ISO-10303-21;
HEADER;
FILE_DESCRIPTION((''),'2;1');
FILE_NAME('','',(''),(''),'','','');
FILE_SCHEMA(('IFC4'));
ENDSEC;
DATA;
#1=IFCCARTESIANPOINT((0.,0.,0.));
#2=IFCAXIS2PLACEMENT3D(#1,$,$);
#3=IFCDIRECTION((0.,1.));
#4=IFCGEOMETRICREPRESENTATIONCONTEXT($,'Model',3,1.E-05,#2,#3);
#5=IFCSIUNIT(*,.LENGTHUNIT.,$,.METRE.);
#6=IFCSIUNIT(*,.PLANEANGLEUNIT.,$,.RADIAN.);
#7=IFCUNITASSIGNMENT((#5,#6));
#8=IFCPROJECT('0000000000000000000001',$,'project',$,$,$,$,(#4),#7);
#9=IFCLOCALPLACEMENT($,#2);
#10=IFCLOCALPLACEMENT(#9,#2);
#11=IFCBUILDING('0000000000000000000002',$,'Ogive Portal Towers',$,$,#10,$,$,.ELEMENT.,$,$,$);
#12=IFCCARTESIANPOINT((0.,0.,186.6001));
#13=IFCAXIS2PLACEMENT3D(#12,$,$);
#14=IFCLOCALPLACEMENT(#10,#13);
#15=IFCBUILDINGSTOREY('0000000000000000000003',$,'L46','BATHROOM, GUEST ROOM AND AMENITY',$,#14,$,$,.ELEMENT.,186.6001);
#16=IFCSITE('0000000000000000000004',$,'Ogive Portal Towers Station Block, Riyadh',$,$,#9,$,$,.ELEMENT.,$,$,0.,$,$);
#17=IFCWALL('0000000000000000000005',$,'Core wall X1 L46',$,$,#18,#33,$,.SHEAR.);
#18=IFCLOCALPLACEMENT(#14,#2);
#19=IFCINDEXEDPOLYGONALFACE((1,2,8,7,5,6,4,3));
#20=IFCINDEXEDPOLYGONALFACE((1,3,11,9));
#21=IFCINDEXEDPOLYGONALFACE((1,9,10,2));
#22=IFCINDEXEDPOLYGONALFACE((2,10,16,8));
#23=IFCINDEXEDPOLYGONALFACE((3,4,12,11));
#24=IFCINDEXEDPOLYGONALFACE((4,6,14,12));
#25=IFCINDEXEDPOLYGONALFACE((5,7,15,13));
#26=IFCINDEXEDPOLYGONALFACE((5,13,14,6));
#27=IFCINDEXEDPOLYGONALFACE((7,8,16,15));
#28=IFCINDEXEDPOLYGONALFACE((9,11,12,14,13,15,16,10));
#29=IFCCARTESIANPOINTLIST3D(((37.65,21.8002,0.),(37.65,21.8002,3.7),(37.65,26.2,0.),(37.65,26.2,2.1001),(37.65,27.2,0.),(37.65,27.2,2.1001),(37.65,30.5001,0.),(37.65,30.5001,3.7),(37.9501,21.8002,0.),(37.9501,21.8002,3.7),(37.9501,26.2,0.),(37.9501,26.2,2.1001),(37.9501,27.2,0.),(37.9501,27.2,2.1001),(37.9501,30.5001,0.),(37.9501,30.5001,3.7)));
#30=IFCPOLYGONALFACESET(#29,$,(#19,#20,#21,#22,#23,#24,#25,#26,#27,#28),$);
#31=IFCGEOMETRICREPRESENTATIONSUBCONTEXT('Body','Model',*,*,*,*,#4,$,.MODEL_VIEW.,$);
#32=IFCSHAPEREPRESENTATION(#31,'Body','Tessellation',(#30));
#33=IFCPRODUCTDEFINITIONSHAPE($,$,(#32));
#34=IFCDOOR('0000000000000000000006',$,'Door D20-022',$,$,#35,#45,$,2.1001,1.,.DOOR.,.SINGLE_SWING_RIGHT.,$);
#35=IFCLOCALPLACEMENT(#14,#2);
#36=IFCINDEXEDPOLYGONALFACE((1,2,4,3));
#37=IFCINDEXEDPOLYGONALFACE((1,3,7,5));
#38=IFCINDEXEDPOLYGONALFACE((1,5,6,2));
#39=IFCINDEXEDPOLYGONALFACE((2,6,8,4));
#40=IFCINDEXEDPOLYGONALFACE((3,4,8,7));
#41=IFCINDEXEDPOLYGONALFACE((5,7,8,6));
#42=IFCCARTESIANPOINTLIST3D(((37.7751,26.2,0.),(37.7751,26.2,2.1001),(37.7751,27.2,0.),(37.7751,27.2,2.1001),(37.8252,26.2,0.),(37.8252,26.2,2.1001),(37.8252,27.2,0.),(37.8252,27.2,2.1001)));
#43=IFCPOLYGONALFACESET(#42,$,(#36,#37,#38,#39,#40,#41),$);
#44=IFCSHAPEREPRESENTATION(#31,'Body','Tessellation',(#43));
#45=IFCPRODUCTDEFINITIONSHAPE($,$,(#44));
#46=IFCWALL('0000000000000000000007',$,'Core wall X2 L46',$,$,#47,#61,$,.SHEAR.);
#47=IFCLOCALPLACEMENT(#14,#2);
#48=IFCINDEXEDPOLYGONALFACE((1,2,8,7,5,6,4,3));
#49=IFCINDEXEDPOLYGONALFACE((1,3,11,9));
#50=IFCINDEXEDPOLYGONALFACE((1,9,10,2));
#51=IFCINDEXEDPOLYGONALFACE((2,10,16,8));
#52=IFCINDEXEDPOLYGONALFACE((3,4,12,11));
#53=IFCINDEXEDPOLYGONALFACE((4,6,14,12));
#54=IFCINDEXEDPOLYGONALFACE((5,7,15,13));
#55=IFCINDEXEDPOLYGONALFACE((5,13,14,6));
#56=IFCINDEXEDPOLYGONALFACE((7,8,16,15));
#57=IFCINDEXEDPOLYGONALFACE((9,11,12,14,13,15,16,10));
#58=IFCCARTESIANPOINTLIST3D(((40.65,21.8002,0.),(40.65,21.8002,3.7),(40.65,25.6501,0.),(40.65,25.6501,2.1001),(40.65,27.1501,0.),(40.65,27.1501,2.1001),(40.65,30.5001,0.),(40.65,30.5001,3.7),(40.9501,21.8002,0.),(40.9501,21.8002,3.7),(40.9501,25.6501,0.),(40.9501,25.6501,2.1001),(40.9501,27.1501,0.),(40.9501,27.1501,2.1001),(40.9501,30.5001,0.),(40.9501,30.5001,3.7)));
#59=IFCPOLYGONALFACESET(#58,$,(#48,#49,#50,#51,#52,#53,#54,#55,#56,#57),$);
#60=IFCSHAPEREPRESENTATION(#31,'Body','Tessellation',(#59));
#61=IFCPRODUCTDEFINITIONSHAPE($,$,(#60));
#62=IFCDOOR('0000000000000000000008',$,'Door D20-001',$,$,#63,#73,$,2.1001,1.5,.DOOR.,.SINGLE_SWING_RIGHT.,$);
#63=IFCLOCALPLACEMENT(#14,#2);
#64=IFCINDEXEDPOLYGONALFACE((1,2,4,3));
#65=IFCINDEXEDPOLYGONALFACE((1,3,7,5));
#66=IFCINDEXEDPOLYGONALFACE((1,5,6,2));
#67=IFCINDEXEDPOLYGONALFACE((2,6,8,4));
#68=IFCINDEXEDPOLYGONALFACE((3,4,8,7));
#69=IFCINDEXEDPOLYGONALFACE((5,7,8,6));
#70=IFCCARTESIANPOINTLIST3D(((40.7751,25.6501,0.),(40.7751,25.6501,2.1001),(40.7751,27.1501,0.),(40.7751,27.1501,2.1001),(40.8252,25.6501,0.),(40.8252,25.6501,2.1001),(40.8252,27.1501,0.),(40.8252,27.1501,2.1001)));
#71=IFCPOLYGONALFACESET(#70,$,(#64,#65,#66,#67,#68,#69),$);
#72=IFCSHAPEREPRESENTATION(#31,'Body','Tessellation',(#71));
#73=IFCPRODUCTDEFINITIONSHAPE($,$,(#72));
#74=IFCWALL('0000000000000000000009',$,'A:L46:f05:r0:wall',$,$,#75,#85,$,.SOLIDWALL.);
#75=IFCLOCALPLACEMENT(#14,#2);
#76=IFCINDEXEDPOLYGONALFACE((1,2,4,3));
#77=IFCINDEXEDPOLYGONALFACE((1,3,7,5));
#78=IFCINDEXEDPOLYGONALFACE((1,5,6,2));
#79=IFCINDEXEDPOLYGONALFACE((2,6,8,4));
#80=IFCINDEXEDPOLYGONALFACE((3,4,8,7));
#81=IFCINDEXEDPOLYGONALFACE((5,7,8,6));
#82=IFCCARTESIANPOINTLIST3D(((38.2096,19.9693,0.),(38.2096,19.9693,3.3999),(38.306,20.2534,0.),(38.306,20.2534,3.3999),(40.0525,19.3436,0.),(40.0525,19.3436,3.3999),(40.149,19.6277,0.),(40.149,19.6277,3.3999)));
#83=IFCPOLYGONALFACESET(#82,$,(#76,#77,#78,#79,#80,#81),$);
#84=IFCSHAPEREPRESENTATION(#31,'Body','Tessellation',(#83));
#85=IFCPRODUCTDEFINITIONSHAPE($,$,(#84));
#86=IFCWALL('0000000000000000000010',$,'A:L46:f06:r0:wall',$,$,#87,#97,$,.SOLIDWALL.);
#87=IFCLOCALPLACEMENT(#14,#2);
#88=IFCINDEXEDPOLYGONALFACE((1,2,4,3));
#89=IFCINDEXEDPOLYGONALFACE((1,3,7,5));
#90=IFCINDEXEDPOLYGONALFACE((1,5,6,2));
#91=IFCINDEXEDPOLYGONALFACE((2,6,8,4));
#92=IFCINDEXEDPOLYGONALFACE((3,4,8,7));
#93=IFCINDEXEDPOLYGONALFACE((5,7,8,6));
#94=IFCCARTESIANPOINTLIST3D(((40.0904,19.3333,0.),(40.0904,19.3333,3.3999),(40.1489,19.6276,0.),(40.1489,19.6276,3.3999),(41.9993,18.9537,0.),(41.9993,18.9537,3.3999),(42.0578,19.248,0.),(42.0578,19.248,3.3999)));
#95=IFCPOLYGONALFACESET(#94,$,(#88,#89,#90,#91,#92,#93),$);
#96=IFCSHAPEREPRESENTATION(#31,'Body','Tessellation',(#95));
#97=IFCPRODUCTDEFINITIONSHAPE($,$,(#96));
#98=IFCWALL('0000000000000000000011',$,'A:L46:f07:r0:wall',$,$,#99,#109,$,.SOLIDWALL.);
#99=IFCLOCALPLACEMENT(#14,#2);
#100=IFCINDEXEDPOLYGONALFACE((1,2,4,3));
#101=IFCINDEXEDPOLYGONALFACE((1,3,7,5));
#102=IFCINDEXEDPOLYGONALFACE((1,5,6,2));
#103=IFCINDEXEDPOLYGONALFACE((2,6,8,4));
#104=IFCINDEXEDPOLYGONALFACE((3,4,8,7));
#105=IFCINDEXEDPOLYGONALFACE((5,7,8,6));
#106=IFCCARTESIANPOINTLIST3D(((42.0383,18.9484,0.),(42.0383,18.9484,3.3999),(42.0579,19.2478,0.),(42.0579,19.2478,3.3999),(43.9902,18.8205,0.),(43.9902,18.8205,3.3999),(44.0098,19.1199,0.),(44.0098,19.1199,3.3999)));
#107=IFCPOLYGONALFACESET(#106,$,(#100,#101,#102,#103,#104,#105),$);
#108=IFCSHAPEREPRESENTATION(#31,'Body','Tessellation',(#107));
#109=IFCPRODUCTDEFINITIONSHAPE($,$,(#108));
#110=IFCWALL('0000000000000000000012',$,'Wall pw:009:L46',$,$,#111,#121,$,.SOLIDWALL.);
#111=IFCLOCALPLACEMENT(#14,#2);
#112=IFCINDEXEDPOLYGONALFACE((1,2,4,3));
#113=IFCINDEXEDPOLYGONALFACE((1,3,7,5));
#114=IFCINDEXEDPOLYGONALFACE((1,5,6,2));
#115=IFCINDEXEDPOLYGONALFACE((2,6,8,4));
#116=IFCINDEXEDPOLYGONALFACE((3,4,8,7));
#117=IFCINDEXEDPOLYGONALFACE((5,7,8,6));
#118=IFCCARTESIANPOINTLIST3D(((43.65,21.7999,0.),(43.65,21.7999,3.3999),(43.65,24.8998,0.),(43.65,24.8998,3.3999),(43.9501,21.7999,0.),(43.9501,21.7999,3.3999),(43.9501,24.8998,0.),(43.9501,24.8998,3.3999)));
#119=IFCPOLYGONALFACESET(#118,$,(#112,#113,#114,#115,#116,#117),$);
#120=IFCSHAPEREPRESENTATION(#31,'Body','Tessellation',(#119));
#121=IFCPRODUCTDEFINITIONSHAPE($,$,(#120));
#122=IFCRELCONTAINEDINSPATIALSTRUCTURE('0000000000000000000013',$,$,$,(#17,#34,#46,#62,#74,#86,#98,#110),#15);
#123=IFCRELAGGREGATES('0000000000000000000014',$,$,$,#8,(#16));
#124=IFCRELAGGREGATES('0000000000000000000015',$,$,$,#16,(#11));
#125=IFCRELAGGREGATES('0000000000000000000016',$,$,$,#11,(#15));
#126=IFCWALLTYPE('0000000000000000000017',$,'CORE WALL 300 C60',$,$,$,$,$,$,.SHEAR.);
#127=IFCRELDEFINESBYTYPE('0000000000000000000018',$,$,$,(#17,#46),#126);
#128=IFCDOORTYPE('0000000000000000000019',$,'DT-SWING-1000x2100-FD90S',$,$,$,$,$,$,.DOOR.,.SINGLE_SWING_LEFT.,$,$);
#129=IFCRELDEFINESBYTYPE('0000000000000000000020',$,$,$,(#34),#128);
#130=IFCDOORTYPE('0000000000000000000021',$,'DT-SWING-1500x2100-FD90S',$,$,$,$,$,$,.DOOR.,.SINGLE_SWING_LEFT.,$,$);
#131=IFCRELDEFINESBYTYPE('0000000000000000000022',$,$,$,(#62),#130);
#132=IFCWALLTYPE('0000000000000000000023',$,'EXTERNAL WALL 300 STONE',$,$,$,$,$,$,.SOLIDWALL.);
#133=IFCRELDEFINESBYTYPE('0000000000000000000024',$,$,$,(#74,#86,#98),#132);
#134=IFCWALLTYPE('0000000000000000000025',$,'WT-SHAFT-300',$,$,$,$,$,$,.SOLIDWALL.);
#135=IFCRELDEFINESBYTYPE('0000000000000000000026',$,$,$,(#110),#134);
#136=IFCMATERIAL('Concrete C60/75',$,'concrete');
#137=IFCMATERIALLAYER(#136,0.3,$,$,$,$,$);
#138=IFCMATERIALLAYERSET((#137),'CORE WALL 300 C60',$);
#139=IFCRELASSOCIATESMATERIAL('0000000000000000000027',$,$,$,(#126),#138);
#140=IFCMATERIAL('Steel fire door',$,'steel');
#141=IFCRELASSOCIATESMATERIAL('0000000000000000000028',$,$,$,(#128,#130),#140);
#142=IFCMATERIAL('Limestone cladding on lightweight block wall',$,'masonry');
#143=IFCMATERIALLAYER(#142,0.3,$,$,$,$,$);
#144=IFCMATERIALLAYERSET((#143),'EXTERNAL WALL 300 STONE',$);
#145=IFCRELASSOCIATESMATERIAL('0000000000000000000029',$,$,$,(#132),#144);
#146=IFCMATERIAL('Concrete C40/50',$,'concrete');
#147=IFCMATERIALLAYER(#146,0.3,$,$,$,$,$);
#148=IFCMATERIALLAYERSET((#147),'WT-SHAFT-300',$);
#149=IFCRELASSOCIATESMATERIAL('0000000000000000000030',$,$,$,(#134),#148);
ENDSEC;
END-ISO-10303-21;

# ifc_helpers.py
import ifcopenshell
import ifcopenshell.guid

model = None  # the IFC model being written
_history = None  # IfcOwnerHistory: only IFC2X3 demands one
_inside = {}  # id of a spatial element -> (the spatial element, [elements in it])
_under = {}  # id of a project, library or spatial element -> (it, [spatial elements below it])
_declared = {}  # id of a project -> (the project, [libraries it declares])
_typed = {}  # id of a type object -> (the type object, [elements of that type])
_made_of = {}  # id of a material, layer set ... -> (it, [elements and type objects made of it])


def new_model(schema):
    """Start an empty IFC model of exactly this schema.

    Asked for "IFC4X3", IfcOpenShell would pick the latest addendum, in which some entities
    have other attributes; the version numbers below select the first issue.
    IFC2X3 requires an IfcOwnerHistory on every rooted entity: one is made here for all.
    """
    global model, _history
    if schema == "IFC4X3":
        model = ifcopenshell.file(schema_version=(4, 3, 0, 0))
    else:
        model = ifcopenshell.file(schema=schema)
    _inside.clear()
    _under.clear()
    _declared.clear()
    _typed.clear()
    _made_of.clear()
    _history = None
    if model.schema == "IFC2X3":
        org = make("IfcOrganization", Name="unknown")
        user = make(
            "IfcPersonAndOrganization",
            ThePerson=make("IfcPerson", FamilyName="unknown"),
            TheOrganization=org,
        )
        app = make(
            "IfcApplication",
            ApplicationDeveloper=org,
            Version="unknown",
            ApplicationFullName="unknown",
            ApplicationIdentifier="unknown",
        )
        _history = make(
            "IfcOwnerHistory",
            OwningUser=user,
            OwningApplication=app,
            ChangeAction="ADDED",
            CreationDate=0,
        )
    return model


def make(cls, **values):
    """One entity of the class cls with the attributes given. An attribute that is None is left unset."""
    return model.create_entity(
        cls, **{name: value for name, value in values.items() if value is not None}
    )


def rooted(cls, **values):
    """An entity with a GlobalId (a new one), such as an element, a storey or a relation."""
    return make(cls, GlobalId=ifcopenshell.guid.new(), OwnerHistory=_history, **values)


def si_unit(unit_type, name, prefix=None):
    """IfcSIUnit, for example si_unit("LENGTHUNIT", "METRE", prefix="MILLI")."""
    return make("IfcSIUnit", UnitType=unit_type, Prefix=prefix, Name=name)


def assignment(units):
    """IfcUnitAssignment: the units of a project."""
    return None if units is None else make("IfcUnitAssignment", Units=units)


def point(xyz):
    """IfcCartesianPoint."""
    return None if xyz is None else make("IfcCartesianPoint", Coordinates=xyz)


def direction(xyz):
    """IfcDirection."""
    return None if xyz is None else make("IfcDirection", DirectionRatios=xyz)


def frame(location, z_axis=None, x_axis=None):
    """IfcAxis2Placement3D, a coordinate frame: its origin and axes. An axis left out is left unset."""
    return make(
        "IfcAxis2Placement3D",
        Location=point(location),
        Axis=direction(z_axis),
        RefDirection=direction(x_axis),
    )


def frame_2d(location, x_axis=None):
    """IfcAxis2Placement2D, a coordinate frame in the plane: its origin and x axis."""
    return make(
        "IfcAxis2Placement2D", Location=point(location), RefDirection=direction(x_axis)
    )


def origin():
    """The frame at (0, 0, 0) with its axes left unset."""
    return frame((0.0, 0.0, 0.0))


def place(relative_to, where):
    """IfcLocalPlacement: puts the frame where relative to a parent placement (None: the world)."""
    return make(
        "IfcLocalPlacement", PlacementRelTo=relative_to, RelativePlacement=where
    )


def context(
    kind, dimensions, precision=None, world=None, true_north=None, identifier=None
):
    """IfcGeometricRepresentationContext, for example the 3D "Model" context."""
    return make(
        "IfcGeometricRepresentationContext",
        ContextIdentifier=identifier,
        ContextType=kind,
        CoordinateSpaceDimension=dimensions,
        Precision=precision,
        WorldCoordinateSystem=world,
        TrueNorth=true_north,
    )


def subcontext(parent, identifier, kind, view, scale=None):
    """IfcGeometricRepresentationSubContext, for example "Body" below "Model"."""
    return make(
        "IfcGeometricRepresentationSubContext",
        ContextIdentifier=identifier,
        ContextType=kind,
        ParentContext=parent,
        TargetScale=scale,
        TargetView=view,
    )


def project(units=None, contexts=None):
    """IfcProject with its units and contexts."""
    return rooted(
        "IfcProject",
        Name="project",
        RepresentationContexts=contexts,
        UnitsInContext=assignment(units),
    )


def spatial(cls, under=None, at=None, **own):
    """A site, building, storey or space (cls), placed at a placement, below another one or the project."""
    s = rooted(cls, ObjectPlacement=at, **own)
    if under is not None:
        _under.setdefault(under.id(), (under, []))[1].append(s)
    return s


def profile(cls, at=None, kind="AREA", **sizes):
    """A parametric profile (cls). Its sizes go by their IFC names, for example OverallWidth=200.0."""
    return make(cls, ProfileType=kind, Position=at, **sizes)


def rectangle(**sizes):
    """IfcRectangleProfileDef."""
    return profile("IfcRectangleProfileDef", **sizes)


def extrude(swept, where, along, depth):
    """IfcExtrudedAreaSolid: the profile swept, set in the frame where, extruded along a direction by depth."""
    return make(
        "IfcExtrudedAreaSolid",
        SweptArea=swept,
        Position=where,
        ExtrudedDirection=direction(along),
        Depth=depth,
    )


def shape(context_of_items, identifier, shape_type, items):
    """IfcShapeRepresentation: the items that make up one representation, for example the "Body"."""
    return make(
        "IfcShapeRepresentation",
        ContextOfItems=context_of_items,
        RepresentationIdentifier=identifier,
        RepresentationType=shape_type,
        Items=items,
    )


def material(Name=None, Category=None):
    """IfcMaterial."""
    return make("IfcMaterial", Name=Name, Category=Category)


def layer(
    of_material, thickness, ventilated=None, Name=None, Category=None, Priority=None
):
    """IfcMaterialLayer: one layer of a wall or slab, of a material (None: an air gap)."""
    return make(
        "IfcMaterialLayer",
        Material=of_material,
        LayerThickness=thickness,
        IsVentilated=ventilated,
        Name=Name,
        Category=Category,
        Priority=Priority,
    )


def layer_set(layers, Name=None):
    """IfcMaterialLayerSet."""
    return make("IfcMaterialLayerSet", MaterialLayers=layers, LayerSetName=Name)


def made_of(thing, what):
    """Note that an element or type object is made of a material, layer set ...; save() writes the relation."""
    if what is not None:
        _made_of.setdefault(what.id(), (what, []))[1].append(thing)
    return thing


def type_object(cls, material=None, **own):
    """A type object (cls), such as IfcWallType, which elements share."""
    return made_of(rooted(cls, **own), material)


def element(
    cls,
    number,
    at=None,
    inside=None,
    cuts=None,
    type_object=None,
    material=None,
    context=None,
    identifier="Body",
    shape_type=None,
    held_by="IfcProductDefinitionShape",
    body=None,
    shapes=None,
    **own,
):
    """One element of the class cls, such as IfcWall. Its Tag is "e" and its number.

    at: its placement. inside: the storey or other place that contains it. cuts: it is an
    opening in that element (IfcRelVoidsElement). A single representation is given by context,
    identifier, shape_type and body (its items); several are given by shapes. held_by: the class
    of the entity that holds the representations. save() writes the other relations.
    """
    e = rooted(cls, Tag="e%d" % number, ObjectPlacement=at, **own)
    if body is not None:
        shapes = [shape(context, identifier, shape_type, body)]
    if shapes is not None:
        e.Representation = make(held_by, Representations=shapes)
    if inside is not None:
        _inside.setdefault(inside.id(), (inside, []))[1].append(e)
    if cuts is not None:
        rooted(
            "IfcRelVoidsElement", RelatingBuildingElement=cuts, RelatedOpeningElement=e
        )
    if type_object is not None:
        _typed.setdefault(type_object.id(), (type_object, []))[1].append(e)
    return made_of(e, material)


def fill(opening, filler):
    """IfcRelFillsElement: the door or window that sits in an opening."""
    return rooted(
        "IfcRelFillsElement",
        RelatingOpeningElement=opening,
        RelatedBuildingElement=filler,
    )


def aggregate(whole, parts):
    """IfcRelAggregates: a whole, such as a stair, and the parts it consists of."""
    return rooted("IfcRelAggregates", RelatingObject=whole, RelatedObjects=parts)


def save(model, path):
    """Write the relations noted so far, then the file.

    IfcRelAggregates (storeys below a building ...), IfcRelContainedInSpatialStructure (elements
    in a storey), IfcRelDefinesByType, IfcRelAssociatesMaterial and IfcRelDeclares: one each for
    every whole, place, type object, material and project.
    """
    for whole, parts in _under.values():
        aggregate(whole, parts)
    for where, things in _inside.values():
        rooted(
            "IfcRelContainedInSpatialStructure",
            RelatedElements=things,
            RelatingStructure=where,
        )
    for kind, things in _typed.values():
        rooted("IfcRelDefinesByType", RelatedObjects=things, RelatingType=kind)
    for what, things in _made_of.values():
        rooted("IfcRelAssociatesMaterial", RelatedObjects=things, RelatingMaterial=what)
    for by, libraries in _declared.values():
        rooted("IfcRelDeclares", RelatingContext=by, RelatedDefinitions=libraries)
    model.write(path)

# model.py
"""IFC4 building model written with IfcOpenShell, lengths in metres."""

from ifc_helpers import new_model, si_unit, direction, frame, frame_2d, origin, place, context, subcontext, project, spatial, rectangle, extrude, material, layer, layer_set, type_object, element, fill, save


model = new_model("IFC4")

# Units and contexts
model_context = context("Model", 3, precision=1e-05, world=origin(), true_north=direction((0.0, 1.0)))
body_context = subcontext(model_context, "Body", "Model", "MODEL_VIEW")
ifc_project = project(units=[si_unit("LENGTHUNIT", "METRE"), si_unit("PLANEANGLEUNIT", "RADIAN")], contexts=[model_context])

# Site, building, storey
site_placement = place(None, origin())
site = spatial("IfcSite", under=ifc_project, at=site_placement, Name="Ogive Portal Towers Station Block, Riyadh", CompositionType="ELEMENT", RefElevation=0.0)
building_placement = place(site_placement, origin())
building = spatial("IfcBuilding", under=site, at=building_placement, Name="Ogive Portal Towers", CompositionType="ELEMENT")
storey_placement = place(building_placement, frame((0.0, 0.0, 186.6001)))
storey = spatial("IfcBuildingStorey", under=building, at=storey_placement, Name="L46", Description="BATHROOM, GUEST ROOM AND AMENITY", CompositionType="ELEMENT", Elevation=186.6001)

# Walls, openings, doors
ifc_material_1 = material(Name="Concrete C60/75", Category="concrete")
ifc_layer_1 = layer(ifc_material_1, 0.3)
ifc_layer_set_1 = layer_set([ifc_layer_1], Name="CORE WALL 300 C60")
wall_type_1 = type_object("IfcWallType", Name="CORE WALL 300 C60", PredefinedType="SHEAR", material=ifc_layer_set_1)
wall_1_placement = place(storey_placement, frame((37.8, 21.8, 0.0), z_axis=(0.0, 0.0, 1.0), x_axis=(0.0, 1.0, 0.0)))
wall_1 = element("IfcWall", 1, at=wall_1_placement, inside=storey, type_object=wall_type_1, Name="Core wall X1 L46", PredefinedType="SHEAR", context=body_context, shape_type="SweptSolid", body=[
    extrude(rectangle(XDim=8.7, YDim=0.3, at=frame_2d((4.3501, 0.0))), origin(), (0.0, 0.0, 1.0), 3.7),
])
opening_1_placement = place(wall_1_placement, frame((4.3999, 0.0, 0.0)))
opening_1 = element("IfcOpeningElement", 2, at=opening_1_placement, cuts=wall_1, PredefinedType="OPENING", context=body_context, shape_type="SweptSolid", body=[
    extrude(rectangle(XDim=1.0, YDim=2.1001, at=frame_2d((0.5, 1.05))), frame((0.0, 0.1602, 0.0), z_axis=(0.0, -1.0, 0.0), x_axis=(1.0, 0.0, 0.0)), (0.0, 0.0, 1.0), 0.3201),
])
ifc_material_2 = material(Name="Steel fire door", Category="steel")
door_type_1 = type_object("IfcDoorType", Name="DT-SWING-1000x2100-FD90S", OperationType="SINGLE_SWING_LEFT", PredefinedType="DOOR", material=ifc_material_2)
door_1_placement = place(opening_1_placement, origin())
door_1 = element("IfcDoor", 3, at=door_1_placement, inside=storey, type_object=door_type_1, Name="Door D20-022", OperationType="SINGLE_SWING_RIGHT", OverallHeight=2.1001, OverallWidth=1.0, PredefinedType="DOOR", context=body_context, shape_type="SweptSolid", body=[
    extrude(rectangle(XDim=1.0, YDim=2.1001, at=frame_2d((0.5, 1.05))), frame((0.0, 0.0249, 0.0), z_axis=(0.0, -1.0, 0.0), x_axis=(1.0, 0.0, 0.0)), (0.0, 0.0, 1.0), 0.05),
])
fill(opening_1, door_1)
wall_2_placement = place(storey_placement, frame((40.8, 21.8, 0.0), z_axis=(0.0, 0.0, 1.0), x_axis=(0.0, 1.0, 0.0)))
wall_2 = element("IfcWall", 4, at=wall_2_placement, inside=storey, type_object=wall_type_1, Name="Core wall X2 L46", PredefinedType="SHEAR", context=body_context, shape_type="SweptSolid", body=[
    extrude(rectangle(XDim=8.7, YDim=0.3, at=frame_2d((4.3501, 0.0))), origin(), (0.0, 0.0, 1.0), 3.7),
])
opening_2_placement = place(wall_2_placement, frame((3.8501, 0.0, 0.0)))
opening_2 = element("IfcOpeningElement", 5, at=opening_2_placement, cuts=wall_2, PredefinedType="OPENING", context=body_context, shape_type="SweptSolid", body=[
    extrude(rectangle(XDim=1.5, YDim=2.1001, at=frame_2d((0.75, 1.05))), frame((0.0, 0.1602, 0.0), z_axis=(0.0, -1.0, 0.0), x_axis=(1.0, 0.0, 0.0)), (0.0, 0.0, 1.0), 0.3201),
])
door_type_2 = type_object("IfcDoorType", Name="DT-SWING-1500x2100-FD90S", OperationType="SINGLE_SWING_LEFT", PredefinedType="DOOR", material=ifc_material_2)
door_2_placement = place(opening_2_placement, origin())
door_2 = element("IfcDoor", 6, at=door_2_placement, inside=storey, type_object=door_type_2, Name="Door D20-001", OperationType="SINGLE_SWING_RIGHT", OverallHeight=2.1001, OverallWidth=1.5, PredefinedType="DOOR", context=body_context, shape_type="SweptSolid", body=[
    extrude(rectangle(XDim=1.5, YDim=2.1001, at=frame_2d((0.75, 1.05))), frame((0.0, 0.0249, 0.0), z_axis=(0.0, -1.0, 0.0), x_axis=(1.0, 0.0, 0.0)), (0.0, 0.0, 1.0), 0.05),
])
fill(opening_2, door_2)

# Walls
ifc_material_3 = material(Name="Limestone cladding on lightweight block wall", Category="masonry")
ifc_layer_2 = layer(ifc_material_3, 0.3)
ifc_layer_set_2 = layer_set([ifc_layer_2], Name="EXTERNAL WALL 300 STONE")
wall_type_2 = type_object("IfcWallType", Name="EXTERNAL WALL 300 STONE", PredefinedType="SOLIDWALL", material=ifc_layer_set_2)
for number, where, z_axis, x_axis, name in (
    (7, (38.2578, 20.1113, 0.0), (0.0, 0.0, 1.0), (0.946913, -0.321491, 0.0), "A:L46:f05:r0:wall"),
    (8, (40.1196, 19.4805, 0.0), (0.0, 0.0, 1.0), (0.980792, -0.195055, 0.0), "A:L46:f06:r0:wall"),
):
    element("IfcWall", number, at=place(storey_placement, frame(where, z_axis=z_axis, x_axis=x_axis)), inside=storey, type_object=wall_type_2, Name=name, PredefinedType="SOLIDWALL", context=body_context, shape_type="SweptSolid", body=[
        extrude(rectangle(XDim=1.9463, YDim=0.3, at=frame_2d((0.9731, 0.0))), origin(), (0.0, 0.0, 1.0), 3.3999),
    ])
wall_3_placement = place(storey_placement, frame((42.0481, 19.0981, 0.0), z_axis=(0.0, 0.0, 1.0), x_axis=(0.997859, -0.065401, 0.0)))
element("IfcWall", 9, at=wall_3_placement, inside=storey, type_object=wall_type_2, Name="A:L46:f07:r0:wall", PredefinedType="SOLIDWALL", context=body_context, shape_type="SweptSolid", body=[
    extrude(rectangle(XDim=1.9561, YDim=0.3, at=frame_2d((0.978, 0.0))), origin(), (0.0, 0.0, 1.0), 3.3999),
])

# Wall
ifc_material_4 = material(Name="Concrete C40/50", Category="concrete")
ifc_layer_3 = layer(ifc_material_4, 0.3)
ifc_layer_set_3 = layer_set([ifc_layer_3], Name="WT-SHAFT-300")
wall_type_3 = type_object("IfcWallType", Name="WT-SHAFT-300", PredefinedType="SOLIDWALL", material=ifc_layer_set_3)
wall_4_placement = place(storey_placement, frame((43.8, 21.8, 0.0), z_axis=(0.0, 0.0, 1.0), x_axis=(0.0, 1.0, 0.0)))
element("IfcWall", 10, at=wall_4_placement, inside=storey, type_object=wall_type_3, Name="Wall pw:009:L46", PredefinedType="SOLIDWALL", context=body_context, shape_type="SweptSolid", body=[
    extrude(rectangle(XDim=3.0999, YDim=0.3, at=frame_2d((1.5498, 0.0))), origin(), (0.0, 0.0, 1.0), 3.3999),
])

save(model, "model.ifc")
